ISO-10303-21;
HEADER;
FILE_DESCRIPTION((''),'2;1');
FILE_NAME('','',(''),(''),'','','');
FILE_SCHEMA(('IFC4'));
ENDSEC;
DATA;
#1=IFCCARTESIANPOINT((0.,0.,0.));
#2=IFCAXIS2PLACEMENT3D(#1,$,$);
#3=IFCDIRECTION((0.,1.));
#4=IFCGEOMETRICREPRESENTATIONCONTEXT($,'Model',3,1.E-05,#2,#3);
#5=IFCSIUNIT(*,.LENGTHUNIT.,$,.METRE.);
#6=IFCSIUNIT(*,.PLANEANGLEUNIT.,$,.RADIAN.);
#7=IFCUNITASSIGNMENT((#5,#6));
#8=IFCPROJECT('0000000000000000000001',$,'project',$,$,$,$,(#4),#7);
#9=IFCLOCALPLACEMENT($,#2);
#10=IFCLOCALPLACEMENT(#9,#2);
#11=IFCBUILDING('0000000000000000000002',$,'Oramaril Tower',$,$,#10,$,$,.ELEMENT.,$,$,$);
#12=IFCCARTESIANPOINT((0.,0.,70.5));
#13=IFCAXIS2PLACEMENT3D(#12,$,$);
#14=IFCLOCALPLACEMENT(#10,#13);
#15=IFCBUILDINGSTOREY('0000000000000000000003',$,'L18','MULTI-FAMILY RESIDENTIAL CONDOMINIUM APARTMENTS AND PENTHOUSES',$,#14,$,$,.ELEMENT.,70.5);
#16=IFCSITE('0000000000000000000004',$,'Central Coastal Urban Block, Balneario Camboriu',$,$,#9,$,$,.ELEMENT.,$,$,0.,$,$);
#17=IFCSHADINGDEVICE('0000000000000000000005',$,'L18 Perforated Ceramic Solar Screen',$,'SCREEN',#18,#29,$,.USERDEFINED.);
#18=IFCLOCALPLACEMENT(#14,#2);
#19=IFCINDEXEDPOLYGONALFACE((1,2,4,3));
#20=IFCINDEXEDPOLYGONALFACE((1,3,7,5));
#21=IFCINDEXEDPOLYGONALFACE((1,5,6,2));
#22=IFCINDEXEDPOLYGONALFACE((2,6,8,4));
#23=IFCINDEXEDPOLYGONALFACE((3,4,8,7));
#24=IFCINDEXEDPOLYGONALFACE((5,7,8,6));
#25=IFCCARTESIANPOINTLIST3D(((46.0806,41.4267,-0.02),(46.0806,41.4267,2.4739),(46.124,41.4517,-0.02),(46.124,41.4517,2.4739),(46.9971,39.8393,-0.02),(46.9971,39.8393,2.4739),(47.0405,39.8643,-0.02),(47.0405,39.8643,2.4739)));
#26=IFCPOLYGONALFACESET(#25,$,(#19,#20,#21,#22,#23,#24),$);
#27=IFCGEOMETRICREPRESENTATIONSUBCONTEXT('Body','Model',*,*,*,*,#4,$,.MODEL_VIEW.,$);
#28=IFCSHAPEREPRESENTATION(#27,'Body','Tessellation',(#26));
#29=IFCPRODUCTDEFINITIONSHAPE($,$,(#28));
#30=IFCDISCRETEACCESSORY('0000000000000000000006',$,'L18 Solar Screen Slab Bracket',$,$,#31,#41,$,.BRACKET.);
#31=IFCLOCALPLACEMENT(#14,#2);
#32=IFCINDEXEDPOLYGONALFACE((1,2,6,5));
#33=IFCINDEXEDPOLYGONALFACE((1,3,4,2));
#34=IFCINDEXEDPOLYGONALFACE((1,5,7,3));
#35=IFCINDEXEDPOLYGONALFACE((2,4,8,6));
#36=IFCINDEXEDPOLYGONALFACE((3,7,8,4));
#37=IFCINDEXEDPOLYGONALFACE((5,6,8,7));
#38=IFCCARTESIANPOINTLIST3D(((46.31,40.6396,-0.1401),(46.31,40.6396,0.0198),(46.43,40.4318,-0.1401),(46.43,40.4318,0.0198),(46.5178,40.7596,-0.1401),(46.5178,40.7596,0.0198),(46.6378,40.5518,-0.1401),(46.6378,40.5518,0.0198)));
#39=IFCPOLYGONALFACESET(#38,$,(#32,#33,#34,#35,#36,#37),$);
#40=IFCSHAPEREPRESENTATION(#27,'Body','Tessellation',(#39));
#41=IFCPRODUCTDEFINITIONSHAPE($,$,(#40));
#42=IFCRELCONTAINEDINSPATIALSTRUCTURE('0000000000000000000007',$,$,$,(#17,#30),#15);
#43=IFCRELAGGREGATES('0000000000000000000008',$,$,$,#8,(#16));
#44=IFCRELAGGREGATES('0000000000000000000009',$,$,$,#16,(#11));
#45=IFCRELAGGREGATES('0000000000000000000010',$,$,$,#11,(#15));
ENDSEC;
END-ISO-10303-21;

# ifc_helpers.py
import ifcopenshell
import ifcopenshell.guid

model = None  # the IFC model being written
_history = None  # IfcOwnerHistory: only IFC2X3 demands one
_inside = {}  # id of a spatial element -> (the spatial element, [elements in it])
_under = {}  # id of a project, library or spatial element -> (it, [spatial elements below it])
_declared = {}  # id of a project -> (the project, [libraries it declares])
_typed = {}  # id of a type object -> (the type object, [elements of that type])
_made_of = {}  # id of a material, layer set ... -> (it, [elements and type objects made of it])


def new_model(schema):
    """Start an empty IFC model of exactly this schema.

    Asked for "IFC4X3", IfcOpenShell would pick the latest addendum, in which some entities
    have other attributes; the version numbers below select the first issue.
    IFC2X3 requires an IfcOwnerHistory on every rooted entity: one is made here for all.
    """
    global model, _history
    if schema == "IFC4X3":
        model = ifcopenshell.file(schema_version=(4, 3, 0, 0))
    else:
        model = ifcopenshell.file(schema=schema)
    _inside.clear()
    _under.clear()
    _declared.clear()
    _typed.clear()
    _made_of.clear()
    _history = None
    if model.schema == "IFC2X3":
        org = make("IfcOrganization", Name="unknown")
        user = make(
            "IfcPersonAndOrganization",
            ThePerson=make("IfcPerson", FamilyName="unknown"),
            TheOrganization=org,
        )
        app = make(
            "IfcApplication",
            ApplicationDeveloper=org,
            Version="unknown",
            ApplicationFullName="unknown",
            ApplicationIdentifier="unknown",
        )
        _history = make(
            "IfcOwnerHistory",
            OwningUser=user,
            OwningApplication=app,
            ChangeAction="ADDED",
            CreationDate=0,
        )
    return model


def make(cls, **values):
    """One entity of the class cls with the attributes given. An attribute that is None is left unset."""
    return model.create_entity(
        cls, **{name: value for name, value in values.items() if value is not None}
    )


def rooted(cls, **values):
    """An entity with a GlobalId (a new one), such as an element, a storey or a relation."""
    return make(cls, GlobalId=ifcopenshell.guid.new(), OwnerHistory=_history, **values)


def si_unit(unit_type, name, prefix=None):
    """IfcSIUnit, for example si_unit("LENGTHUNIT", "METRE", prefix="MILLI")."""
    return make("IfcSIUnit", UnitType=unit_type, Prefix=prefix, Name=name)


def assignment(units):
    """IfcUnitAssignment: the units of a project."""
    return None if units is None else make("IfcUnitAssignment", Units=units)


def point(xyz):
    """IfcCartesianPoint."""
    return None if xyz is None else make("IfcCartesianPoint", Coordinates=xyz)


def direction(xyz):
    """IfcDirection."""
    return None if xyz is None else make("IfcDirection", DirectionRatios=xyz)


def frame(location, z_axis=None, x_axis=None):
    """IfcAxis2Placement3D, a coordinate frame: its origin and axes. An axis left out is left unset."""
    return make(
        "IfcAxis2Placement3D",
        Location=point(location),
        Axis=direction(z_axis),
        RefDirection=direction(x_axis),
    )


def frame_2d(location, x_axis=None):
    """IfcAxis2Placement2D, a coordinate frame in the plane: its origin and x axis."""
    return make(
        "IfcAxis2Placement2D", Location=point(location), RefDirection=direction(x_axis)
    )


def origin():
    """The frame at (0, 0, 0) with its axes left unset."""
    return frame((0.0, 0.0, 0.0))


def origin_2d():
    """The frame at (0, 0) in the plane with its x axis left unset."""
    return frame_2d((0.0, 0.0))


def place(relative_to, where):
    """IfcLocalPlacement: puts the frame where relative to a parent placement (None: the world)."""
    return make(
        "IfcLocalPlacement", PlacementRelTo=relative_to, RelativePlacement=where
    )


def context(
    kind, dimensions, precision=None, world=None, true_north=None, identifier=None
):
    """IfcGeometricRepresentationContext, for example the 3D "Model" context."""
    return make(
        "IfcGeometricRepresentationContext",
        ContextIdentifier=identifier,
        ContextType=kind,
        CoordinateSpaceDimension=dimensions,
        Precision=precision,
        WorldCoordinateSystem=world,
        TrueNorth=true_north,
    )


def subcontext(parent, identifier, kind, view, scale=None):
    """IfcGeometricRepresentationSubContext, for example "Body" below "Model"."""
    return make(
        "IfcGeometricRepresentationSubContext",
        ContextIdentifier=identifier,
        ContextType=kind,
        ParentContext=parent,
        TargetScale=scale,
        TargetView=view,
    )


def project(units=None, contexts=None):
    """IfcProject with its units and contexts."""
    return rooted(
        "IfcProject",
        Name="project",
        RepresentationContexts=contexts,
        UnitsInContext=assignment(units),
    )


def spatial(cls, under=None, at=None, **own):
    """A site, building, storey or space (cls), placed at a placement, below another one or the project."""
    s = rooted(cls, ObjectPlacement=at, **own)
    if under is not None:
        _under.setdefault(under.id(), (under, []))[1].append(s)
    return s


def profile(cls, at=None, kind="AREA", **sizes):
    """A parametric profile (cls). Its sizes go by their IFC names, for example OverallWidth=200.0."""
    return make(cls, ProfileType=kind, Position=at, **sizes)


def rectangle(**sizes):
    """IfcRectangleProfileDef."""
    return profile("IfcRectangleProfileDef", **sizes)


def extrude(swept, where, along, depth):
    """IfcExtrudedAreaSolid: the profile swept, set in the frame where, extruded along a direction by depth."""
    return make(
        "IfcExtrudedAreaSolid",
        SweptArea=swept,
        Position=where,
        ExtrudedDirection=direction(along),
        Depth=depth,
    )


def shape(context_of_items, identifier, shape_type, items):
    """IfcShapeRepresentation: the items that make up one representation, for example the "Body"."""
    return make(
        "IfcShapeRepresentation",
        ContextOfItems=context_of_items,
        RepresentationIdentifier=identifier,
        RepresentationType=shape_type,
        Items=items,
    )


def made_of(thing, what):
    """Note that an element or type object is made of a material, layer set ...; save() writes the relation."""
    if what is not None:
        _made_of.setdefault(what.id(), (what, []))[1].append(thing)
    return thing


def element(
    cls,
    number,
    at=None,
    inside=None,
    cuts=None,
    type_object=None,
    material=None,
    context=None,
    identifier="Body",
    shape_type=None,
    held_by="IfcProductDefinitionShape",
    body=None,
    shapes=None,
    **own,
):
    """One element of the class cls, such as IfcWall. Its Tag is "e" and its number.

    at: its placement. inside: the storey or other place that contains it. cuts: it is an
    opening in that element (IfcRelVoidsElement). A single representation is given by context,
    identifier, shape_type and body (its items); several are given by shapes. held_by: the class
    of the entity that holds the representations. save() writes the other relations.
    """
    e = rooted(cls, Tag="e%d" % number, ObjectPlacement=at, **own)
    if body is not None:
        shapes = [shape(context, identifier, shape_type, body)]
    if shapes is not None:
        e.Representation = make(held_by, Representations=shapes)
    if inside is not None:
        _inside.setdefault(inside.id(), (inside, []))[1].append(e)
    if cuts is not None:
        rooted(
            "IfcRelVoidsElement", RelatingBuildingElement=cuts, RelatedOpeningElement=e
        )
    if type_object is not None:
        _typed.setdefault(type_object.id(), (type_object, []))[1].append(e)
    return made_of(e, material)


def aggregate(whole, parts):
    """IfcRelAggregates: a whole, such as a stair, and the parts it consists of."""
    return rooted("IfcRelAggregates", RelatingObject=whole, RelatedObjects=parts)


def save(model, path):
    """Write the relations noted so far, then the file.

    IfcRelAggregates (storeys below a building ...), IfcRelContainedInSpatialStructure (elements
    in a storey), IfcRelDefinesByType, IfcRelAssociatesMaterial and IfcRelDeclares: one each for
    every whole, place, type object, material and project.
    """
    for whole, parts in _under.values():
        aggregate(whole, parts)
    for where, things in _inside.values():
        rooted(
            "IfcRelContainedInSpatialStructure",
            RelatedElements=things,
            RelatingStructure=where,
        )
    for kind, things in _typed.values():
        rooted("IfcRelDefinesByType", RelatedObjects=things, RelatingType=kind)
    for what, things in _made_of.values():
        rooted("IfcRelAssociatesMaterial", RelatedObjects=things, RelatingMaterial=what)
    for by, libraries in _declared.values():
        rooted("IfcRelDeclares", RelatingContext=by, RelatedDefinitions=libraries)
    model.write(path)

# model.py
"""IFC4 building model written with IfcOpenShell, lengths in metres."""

from ifc_helpers import new_model, si_unit, direction, frame, origin, origin_2d, place, context, subcontext, project, spatial, rectangle, extrude, element, save


model = new_model("IFC4")

# Units and contexts
model_context = context("Model", 3, precision=1e-05, world=origin(), true_north=direction((0.0, 1.0)))
body_context = subcontext(model_context, "Body", "Model", "MODEL_VIEW")
ifc_project = project(units=[si_unit("LENGTHUNIT", "METRE"), si_unit("PLANEANGLEUNIT", "RADIAN")], contexts=[model_context])

# Site, building, storey
site_placement = place(None, origin())
site = spatial("IfcSite", under=ifc_project, at=site_placement, Name="Central Coastal Urban Block, Balneario Camboriu", CompositionType="ELEMENT", RefElevation=0.0)
building_placement = place(site_placement, origin())
building = spatial("IfcBuilding", under=site, at=building_placement, Name="Oramaril Tower", CompositionType="ELEMENT")
storey_placement = place(building_placement, frame((0.0, 0.0, 70.5)))
storey = spatial("IfcBuildingStorey", under=building, at=storey_placement, Name="L18", Description="MULTI-FAMILY RESIDENTIAL CONDOMINIUM APARTMENTS AND PENTHOUSES", CompositionType="ELEMENT", Elevation=70.5)

# Shading device
shading_device_placement = place(storey_placement, frame((46.5605, 40.6455, -0.02), z_axis=(0.0, 0.0, 1.0), x_axis=(-0.5, 0.866025, 0.0)))
element("IfcShadingDevice", 1, at=shading_device_placement, inside=storey, Name="L18 Perforated Ceramic Solar Screen", ObjectType="SCREEN", PredefinedType="USERDEFINED", context=body_context, shape_type="SweptSolid", body=[
    extrude(rectangle(XDim=1.833, YDim=0.05, at=origin_2d()), origin(), (0.0, 0.0, 1.0), 2.4939),
])

# Discrete accessory
discrete_accessory_placement = place(storey_placement, frame((46.4739, 40.5957, -0.1401), z_axis=(0.0, 0.0, 1.0), x_axis=(-0.5, 0.866025, 0.0)))
element("IfcDiscreteAccessory", 2, at=discrete_accessory_placement, inside=storey, Name="L18 Solar Screen Slab Bracket", PredefinedType="BRACKET", context=body_context, shape_type="SweptSolid", body=[
    extrude(rectangle(XDim=0.24, YDim=0.24, at=origin_2d()), origin(), (0.0, 0.0, 1.0), 0.1599),
])

save(model, "model.ifc")
